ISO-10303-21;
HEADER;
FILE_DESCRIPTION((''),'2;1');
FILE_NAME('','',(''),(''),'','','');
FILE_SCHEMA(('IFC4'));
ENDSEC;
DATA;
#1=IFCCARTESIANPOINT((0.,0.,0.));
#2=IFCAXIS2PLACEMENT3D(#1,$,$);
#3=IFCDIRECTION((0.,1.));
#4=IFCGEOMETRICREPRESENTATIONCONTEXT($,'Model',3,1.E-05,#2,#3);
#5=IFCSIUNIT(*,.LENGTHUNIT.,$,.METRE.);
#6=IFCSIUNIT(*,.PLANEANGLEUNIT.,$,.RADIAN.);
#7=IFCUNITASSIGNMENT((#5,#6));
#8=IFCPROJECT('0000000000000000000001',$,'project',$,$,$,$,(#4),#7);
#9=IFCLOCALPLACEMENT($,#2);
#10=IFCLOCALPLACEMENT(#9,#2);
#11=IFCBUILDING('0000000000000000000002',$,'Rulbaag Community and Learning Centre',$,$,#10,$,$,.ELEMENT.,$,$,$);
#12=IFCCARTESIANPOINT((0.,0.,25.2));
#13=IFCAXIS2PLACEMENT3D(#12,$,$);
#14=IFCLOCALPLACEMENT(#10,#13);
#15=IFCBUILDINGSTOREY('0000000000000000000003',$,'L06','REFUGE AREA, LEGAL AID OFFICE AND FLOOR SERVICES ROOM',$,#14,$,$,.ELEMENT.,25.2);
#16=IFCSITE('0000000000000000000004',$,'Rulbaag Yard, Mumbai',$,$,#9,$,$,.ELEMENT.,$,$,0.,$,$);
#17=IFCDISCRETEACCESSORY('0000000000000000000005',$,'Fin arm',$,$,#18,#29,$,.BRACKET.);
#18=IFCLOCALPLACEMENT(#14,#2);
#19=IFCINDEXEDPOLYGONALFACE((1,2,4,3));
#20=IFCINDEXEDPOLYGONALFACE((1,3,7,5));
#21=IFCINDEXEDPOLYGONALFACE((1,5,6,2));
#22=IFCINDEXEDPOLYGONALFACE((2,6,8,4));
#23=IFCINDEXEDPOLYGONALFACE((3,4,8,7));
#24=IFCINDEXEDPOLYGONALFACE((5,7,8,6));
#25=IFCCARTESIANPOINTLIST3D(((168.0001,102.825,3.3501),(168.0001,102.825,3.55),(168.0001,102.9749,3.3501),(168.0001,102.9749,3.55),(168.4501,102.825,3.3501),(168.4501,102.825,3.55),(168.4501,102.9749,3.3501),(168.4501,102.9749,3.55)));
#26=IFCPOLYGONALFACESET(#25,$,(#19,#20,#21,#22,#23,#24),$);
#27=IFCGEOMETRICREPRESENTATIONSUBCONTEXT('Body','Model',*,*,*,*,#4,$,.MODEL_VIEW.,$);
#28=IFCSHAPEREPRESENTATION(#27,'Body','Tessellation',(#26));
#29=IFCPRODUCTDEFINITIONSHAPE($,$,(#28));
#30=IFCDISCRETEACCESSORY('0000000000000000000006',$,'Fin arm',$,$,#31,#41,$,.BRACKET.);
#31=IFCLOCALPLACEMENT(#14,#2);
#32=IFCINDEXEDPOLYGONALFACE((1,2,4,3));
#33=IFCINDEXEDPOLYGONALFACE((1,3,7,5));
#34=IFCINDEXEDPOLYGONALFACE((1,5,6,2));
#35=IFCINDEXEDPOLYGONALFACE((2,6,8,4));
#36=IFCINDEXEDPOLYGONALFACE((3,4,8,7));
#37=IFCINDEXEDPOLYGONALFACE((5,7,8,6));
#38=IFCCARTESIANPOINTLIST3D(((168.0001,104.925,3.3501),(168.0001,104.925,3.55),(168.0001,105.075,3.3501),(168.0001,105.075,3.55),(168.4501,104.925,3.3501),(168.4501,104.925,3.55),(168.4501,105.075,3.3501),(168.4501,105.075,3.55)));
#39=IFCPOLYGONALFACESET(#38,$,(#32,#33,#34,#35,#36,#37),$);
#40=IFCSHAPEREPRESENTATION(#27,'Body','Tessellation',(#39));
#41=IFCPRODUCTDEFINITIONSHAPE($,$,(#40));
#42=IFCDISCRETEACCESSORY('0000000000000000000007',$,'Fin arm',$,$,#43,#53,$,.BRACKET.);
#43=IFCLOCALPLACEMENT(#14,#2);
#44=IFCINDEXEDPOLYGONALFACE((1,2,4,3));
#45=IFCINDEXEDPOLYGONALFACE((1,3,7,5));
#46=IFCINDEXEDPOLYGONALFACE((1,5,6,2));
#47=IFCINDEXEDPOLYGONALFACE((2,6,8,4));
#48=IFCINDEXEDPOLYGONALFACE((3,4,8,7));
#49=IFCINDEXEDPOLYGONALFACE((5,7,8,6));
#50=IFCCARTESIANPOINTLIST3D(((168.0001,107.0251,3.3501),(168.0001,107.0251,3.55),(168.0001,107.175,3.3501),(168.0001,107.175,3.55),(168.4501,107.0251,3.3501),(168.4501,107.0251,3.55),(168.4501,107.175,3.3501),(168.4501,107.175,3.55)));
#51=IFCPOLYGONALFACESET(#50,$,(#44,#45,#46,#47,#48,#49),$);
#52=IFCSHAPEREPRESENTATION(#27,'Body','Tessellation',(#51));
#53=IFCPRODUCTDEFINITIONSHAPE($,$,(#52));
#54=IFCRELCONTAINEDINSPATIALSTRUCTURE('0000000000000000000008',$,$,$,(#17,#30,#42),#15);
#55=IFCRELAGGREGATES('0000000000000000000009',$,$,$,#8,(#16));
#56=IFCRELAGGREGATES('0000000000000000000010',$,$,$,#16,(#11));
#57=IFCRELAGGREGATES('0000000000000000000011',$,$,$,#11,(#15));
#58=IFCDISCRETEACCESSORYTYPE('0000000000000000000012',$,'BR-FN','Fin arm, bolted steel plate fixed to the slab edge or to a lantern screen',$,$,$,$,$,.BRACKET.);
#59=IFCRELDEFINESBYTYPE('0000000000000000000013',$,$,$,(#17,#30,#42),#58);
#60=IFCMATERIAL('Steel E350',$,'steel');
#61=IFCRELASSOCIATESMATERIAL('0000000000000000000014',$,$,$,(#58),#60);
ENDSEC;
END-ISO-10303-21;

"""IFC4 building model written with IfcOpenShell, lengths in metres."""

from ifc_helpers import new_model, si_unit, direction, frame, origin, origin_2d, place, context, subcontext, project, spatial, rectangle, extrude, material, type_object, element, save


model = new_model("IFC4")

# Units and contexts
model_context = context("Model", 3, precision=1e-05, world=origin(), true_north=direction((0.0, 1.0)))
body_context = subcontext(model_context, "Body", "Model", "MODEL_VIEW")
ifc_project = project(units=[si_unit("LENGTHUNIT", "METRE"), si_unit("PLANEANGLEUNIT", "RADIAN")], contexts=[model_context])

# Site, building, storey
site_placement = place(None, origin())
site = spatial("IfcSite", under=ifc_project, at=site_placement, Name="Rulbaag Yard, Mumbai", CompositionType="ELEMENT", RefElevation=0.0)
building_placement = place(site_placement, origin())
building = spatial("IfcBuilding", under=site, at=building_placement, Name="Rulbaag Community and Learning Centre", CompositionType="ELEMENT")
storey_placement = place(building_placement, frame((0.0, 0.0, 25.2)))
storey = spatial("IfcBuildingStorey", under=building, at=storey_placement, Name="L06", Description="REFUGE AREA, LEGAL AID OFFICE AND FLOOR SERVICES ROOM", CompositionType="ELEMENT", Elevation=25.2)

# Discrete accessories
ifc_material_1 = material(Name="Steel E350", Category="steel")
discrete_accessory_type = type_object("IfcDiscreteAccessoryType", Name="BR-FN", Description="Fin arm, bolted steel plate fixed to the slab edge or to a lantern screen", PredefinedType="BRACKET", material=ifc_material_1)
for number, where, z_axis, x_axis, name in (
    (1, (168.2251, 102.8999, 3.3501), (0.0, 0.0, 1.0), (1.0, 0.0, 0.0), "Fin arm"),
    (2, (168.2251, 105.0, 3.3501), (0.0, 0.0, 1.0), (1.0, 0.0, 0.0), "Fin arm"),
    (3, (168.2251, 107.1001, 3.3501), (0.0, 0.0, 1.0), (1.0, 0.0, 0.0), "Fin arm"),
):
    element("IfcDiscreteAccessory", number, at=place(storey_placement, frame(where, z_axis=z_axis, x_axis=x_axis)), inside=storey, type_object=discrete_accessory_type, Name=name, PredefinedType="BRACKET", context=body_context, shape_type="SweptSolid", body=[
        extrude(rectangle(XDim=0.45, YDim=0.1499, at=origin_2d()), origin(), (0.0, 0.0, 1.0), 0.2),
    ])

save(model, "model.ifc")
